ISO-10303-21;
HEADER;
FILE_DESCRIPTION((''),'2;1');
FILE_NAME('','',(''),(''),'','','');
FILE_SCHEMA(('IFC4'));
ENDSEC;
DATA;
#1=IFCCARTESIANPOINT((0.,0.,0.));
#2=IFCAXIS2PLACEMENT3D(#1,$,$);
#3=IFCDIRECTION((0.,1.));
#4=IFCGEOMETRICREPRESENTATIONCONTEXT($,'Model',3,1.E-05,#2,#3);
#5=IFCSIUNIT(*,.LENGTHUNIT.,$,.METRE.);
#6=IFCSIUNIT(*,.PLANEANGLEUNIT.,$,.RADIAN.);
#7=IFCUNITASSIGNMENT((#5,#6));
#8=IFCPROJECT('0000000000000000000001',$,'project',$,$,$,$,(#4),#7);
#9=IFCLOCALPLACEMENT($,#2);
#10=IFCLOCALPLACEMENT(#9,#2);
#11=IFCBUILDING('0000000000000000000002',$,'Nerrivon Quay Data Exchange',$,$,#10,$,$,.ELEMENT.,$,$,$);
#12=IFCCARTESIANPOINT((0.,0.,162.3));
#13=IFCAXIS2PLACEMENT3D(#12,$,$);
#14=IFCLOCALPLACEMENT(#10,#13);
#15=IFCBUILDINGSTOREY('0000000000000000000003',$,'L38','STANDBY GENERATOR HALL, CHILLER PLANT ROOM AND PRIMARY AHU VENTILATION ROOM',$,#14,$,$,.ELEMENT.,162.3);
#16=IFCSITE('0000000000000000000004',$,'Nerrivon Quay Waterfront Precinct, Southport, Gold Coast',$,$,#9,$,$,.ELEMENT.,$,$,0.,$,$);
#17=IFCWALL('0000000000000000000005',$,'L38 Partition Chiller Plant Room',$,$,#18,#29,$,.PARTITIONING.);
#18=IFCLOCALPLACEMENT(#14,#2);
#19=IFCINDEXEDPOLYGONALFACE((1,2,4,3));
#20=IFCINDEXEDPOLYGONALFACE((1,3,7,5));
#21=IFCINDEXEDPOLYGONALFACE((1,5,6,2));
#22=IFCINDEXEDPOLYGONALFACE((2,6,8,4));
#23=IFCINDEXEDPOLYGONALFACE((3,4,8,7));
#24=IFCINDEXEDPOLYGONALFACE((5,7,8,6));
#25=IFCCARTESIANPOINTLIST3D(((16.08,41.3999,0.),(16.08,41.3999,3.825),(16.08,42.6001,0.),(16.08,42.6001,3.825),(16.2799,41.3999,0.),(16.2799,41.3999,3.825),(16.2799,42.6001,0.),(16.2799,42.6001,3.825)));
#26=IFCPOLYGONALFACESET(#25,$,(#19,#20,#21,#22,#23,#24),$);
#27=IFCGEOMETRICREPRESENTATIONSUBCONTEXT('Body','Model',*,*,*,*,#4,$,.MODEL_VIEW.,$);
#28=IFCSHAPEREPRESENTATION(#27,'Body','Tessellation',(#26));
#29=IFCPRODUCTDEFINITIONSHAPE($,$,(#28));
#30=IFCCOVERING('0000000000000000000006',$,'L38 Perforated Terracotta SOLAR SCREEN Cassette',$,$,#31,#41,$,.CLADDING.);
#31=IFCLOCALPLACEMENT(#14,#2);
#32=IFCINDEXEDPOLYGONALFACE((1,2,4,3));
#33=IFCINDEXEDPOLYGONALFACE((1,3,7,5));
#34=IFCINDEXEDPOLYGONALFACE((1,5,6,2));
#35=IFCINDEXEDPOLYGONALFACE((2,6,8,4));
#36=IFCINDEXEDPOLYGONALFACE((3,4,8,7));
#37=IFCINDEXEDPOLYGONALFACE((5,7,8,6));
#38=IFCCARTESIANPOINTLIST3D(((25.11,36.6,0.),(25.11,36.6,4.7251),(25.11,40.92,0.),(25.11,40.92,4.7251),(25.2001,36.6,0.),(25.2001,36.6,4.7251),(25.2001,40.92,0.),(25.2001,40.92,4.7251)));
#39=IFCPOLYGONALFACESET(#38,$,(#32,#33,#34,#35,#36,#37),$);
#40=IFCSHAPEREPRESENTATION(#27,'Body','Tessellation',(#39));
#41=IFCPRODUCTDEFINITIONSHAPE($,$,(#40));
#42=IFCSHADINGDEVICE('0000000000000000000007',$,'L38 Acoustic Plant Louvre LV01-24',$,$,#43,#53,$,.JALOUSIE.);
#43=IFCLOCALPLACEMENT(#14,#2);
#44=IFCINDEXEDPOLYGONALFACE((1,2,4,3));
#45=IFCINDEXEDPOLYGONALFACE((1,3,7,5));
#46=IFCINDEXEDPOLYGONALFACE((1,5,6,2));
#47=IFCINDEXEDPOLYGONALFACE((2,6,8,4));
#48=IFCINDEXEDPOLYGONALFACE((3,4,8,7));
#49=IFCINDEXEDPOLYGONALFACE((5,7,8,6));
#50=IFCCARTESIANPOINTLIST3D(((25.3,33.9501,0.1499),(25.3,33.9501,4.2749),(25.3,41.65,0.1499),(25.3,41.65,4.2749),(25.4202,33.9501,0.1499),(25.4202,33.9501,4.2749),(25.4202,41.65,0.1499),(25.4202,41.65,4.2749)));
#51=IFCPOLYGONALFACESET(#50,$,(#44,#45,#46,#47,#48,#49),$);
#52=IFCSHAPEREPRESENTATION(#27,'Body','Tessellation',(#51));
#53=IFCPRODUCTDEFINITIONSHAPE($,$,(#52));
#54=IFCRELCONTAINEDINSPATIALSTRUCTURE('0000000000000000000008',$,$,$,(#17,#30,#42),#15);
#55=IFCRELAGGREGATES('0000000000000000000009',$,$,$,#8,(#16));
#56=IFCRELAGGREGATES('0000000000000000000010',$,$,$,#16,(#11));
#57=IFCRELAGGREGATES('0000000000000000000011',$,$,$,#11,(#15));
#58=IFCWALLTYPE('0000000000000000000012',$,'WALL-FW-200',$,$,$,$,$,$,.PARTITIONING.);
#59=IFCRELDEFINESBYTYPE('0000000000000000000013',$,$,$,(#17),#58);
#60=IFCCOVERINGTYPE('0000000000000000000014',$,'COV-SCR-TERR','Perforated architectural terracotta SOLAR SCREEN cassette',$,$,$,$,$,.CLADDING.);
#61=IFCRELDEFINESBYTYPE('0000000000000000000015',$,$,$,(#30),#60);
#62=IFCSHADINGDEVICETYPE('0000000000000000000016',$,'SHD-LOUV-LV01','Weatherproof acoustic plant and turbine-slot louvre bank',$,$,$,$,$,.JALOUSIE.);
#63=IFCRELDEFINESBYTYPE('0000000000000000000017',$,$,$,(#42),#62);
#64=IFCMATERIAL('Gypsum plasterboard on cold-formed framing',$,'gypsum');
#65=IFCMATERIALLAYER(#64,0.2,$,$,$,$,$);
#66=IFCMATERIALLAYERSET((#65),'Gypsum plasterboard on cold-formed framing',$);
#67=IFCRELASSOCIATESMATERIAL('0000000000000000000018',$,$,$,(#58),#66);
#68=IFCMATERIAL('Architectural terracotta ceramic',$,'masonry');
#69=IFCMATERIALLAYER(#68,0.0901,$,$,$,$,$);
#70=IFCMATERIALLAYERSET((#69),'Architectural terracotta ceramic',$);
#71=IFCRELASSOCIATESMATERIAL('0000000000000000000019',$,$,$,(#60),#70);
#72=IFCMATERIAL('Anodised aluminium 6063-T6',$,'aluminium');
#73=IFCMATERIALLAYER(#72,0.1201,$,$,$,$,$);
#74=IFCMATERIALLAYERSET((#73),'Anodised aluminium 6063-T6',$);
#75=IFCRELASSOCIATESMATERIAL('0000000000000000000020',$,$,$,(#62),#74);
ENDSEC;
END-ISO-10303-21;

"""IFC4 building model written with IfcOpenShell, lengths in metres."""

from ifc_helpers import new_model, si_unit, direction, frame, frame_2d, origin, origin_2d, place, context, subcontext, project, spatial, rectangle, extrude, material, layer, layer_set, type_object, element, save


model = new_model("IFC4")

# Units and contexts
model_context = context("Model", 3, precision=1e-05, world=origin(), true_north=direction((0.0, 1.0)))
body_context = subcontext(model_context, "Body", "Model", "MODEL_VIEW")
ifc_project = project(units=[si_unit("LENGTHUNIT", "METRE"), si_unit("PLANEANGLEUNIT", "RADIAN")], contexts=[model_context])

# Site, building, storey
site_placement = place(None, origin())
site = spatial("IfcSite", under=ifc_project, at=site_placement, Name="Nerrivon Quay Waterfront Precinct, Southport, Gold Coast", CompositionType="ELEMENT", RefElevation=0.0)
building_placement = place(site_placement, origin())
building = spatial("IfcBuilding", under=site, at=building_placement, Name="Nerrivon Quay Data Exchange", CompositionType="ELEMENT")
storey_placement = place(building_placement, frame((0.0, 0.0, 162.3)))
storey = spatial("IfcBuildingStorey", under=building, at=storey_placement, Name="L38", Description="STANDBY GENERATOR HALL, CHILLER PLANT ROOM AND PRIMARY AHU VENTILATION ROOM", CompositionType="ELEMENT", Elevation=162.3)

# Shared definitions
ifc_material_1 = material(Name="Gypsum plasterboard on cold-formed framing", Category="gypsum")
ifc_layer_1 = layer(ifc_material_1, 0.2)
ifc_layer_set_1 = layer_set([ifc_layer_1], Name="Gypsum plasterboard on cold-formed framing")
wall_type_1 = type_object("IfcWallType", Name="WALL-FW-200", PredefinedType="PARTITIONING", material=ifc_layer_set_1)

# Wall
wall_1_placement = place(storey_placement, frame((16.1799, 41.3999, 0.0), z_axis=(0.0, 0.0, 1.0), x_axis=(0.0, 1.0, 0.0)))
element("IfcWall", 1, at=wall_1_placement, inside=storey, type_object=wall_type_1, Name="L38 Partition Chiller Plant Room", PredefinedType="PARTITIONING", context=body_context, shape_type="SweptSolid", body=[
    extrude(rectangle(XDim=1.2002, YDim=0.2, at=frame_2d((0.6001, 0.0))), origin(), (0.0, 0.0, 1.0), 3.825),
])

# Covering
ifc_material_2 = material(Name="Architectural terracotta ceramic", Category="masonry")
ifc_layer_2 = layer(ifc_material_2, 0.0901)
ifc_layer_set_2 = layer_set([ifc_layer_2], Name="Architectural terracotta ceramic")
covering_type = type_object("IfcCoveringType", Name="COV-SCR-TERR", Description="Perforated architectural terracotta SOLAR SCREEN cassette", PredefinedType="CLADDING", material=ifc_layer_set_2)
covering_placement = place(storey_placement, frame((25.155, 38.76, 0.0), z_axis=(0.0, 0.0, 1.0), x_axis=(0.0, -1.0, 0.0)))
element("IfcCovering", 2, at=covering_placement, inside=storey, type_object=covering_type, Name="L38 Perforated Terracotta SOLAR SCREEN Cassette", PredefinedType="CLADDING", context=body_context, shape_type="SweptSolid", body=[
    extrude(rectangle(XDim=4.3201, YDim=0.0901, at=origin_2d()), origin(), (0.0, 0.0, 1.0), 4.7251),
])

# Shading device
ifc_material_3 = material(Name="Anodised aluminium 6063-T6", Category="aluminium")
ifc_layer_3 = layer(ifc_material_3, 0.1201)
ifc_layer_set_3 = layer_set([ifc_layer_3], Name="Anodised aluminium 6063-T6")
shading_device_type = type_object("IfcShadingDeviceType", Name="SHD-LOUV-LV01", Description="Weatherproof acoustic plant and turbine-slot louvre bank", PredefinedType="JALOUSIE", material=ifc_layer_set_3)
shading_device_placement = place(storey_placement, frame((25.3601, 37.8, 0.1499), z_axis=(0.0, 0.0, 1.0), x_axis=(0.0, -1.0, 0.0)))
element("IfcShadingDevice", 3, at=shading_device_placement, inside=storey, type_object=shading_device_type, Name="L38 Acoustic Plant Louvre LV01-24", PredefinedType="JALOUSIE", context=body_context, shape_type="SweptSolid", body=[
    extrude(rectangle(XDim=7.7, YDim=0.1201, at=origin_2d()), origin(), (0.0, 0.0, 1.0), 4.125),
])

save(model, "model.ifc")
